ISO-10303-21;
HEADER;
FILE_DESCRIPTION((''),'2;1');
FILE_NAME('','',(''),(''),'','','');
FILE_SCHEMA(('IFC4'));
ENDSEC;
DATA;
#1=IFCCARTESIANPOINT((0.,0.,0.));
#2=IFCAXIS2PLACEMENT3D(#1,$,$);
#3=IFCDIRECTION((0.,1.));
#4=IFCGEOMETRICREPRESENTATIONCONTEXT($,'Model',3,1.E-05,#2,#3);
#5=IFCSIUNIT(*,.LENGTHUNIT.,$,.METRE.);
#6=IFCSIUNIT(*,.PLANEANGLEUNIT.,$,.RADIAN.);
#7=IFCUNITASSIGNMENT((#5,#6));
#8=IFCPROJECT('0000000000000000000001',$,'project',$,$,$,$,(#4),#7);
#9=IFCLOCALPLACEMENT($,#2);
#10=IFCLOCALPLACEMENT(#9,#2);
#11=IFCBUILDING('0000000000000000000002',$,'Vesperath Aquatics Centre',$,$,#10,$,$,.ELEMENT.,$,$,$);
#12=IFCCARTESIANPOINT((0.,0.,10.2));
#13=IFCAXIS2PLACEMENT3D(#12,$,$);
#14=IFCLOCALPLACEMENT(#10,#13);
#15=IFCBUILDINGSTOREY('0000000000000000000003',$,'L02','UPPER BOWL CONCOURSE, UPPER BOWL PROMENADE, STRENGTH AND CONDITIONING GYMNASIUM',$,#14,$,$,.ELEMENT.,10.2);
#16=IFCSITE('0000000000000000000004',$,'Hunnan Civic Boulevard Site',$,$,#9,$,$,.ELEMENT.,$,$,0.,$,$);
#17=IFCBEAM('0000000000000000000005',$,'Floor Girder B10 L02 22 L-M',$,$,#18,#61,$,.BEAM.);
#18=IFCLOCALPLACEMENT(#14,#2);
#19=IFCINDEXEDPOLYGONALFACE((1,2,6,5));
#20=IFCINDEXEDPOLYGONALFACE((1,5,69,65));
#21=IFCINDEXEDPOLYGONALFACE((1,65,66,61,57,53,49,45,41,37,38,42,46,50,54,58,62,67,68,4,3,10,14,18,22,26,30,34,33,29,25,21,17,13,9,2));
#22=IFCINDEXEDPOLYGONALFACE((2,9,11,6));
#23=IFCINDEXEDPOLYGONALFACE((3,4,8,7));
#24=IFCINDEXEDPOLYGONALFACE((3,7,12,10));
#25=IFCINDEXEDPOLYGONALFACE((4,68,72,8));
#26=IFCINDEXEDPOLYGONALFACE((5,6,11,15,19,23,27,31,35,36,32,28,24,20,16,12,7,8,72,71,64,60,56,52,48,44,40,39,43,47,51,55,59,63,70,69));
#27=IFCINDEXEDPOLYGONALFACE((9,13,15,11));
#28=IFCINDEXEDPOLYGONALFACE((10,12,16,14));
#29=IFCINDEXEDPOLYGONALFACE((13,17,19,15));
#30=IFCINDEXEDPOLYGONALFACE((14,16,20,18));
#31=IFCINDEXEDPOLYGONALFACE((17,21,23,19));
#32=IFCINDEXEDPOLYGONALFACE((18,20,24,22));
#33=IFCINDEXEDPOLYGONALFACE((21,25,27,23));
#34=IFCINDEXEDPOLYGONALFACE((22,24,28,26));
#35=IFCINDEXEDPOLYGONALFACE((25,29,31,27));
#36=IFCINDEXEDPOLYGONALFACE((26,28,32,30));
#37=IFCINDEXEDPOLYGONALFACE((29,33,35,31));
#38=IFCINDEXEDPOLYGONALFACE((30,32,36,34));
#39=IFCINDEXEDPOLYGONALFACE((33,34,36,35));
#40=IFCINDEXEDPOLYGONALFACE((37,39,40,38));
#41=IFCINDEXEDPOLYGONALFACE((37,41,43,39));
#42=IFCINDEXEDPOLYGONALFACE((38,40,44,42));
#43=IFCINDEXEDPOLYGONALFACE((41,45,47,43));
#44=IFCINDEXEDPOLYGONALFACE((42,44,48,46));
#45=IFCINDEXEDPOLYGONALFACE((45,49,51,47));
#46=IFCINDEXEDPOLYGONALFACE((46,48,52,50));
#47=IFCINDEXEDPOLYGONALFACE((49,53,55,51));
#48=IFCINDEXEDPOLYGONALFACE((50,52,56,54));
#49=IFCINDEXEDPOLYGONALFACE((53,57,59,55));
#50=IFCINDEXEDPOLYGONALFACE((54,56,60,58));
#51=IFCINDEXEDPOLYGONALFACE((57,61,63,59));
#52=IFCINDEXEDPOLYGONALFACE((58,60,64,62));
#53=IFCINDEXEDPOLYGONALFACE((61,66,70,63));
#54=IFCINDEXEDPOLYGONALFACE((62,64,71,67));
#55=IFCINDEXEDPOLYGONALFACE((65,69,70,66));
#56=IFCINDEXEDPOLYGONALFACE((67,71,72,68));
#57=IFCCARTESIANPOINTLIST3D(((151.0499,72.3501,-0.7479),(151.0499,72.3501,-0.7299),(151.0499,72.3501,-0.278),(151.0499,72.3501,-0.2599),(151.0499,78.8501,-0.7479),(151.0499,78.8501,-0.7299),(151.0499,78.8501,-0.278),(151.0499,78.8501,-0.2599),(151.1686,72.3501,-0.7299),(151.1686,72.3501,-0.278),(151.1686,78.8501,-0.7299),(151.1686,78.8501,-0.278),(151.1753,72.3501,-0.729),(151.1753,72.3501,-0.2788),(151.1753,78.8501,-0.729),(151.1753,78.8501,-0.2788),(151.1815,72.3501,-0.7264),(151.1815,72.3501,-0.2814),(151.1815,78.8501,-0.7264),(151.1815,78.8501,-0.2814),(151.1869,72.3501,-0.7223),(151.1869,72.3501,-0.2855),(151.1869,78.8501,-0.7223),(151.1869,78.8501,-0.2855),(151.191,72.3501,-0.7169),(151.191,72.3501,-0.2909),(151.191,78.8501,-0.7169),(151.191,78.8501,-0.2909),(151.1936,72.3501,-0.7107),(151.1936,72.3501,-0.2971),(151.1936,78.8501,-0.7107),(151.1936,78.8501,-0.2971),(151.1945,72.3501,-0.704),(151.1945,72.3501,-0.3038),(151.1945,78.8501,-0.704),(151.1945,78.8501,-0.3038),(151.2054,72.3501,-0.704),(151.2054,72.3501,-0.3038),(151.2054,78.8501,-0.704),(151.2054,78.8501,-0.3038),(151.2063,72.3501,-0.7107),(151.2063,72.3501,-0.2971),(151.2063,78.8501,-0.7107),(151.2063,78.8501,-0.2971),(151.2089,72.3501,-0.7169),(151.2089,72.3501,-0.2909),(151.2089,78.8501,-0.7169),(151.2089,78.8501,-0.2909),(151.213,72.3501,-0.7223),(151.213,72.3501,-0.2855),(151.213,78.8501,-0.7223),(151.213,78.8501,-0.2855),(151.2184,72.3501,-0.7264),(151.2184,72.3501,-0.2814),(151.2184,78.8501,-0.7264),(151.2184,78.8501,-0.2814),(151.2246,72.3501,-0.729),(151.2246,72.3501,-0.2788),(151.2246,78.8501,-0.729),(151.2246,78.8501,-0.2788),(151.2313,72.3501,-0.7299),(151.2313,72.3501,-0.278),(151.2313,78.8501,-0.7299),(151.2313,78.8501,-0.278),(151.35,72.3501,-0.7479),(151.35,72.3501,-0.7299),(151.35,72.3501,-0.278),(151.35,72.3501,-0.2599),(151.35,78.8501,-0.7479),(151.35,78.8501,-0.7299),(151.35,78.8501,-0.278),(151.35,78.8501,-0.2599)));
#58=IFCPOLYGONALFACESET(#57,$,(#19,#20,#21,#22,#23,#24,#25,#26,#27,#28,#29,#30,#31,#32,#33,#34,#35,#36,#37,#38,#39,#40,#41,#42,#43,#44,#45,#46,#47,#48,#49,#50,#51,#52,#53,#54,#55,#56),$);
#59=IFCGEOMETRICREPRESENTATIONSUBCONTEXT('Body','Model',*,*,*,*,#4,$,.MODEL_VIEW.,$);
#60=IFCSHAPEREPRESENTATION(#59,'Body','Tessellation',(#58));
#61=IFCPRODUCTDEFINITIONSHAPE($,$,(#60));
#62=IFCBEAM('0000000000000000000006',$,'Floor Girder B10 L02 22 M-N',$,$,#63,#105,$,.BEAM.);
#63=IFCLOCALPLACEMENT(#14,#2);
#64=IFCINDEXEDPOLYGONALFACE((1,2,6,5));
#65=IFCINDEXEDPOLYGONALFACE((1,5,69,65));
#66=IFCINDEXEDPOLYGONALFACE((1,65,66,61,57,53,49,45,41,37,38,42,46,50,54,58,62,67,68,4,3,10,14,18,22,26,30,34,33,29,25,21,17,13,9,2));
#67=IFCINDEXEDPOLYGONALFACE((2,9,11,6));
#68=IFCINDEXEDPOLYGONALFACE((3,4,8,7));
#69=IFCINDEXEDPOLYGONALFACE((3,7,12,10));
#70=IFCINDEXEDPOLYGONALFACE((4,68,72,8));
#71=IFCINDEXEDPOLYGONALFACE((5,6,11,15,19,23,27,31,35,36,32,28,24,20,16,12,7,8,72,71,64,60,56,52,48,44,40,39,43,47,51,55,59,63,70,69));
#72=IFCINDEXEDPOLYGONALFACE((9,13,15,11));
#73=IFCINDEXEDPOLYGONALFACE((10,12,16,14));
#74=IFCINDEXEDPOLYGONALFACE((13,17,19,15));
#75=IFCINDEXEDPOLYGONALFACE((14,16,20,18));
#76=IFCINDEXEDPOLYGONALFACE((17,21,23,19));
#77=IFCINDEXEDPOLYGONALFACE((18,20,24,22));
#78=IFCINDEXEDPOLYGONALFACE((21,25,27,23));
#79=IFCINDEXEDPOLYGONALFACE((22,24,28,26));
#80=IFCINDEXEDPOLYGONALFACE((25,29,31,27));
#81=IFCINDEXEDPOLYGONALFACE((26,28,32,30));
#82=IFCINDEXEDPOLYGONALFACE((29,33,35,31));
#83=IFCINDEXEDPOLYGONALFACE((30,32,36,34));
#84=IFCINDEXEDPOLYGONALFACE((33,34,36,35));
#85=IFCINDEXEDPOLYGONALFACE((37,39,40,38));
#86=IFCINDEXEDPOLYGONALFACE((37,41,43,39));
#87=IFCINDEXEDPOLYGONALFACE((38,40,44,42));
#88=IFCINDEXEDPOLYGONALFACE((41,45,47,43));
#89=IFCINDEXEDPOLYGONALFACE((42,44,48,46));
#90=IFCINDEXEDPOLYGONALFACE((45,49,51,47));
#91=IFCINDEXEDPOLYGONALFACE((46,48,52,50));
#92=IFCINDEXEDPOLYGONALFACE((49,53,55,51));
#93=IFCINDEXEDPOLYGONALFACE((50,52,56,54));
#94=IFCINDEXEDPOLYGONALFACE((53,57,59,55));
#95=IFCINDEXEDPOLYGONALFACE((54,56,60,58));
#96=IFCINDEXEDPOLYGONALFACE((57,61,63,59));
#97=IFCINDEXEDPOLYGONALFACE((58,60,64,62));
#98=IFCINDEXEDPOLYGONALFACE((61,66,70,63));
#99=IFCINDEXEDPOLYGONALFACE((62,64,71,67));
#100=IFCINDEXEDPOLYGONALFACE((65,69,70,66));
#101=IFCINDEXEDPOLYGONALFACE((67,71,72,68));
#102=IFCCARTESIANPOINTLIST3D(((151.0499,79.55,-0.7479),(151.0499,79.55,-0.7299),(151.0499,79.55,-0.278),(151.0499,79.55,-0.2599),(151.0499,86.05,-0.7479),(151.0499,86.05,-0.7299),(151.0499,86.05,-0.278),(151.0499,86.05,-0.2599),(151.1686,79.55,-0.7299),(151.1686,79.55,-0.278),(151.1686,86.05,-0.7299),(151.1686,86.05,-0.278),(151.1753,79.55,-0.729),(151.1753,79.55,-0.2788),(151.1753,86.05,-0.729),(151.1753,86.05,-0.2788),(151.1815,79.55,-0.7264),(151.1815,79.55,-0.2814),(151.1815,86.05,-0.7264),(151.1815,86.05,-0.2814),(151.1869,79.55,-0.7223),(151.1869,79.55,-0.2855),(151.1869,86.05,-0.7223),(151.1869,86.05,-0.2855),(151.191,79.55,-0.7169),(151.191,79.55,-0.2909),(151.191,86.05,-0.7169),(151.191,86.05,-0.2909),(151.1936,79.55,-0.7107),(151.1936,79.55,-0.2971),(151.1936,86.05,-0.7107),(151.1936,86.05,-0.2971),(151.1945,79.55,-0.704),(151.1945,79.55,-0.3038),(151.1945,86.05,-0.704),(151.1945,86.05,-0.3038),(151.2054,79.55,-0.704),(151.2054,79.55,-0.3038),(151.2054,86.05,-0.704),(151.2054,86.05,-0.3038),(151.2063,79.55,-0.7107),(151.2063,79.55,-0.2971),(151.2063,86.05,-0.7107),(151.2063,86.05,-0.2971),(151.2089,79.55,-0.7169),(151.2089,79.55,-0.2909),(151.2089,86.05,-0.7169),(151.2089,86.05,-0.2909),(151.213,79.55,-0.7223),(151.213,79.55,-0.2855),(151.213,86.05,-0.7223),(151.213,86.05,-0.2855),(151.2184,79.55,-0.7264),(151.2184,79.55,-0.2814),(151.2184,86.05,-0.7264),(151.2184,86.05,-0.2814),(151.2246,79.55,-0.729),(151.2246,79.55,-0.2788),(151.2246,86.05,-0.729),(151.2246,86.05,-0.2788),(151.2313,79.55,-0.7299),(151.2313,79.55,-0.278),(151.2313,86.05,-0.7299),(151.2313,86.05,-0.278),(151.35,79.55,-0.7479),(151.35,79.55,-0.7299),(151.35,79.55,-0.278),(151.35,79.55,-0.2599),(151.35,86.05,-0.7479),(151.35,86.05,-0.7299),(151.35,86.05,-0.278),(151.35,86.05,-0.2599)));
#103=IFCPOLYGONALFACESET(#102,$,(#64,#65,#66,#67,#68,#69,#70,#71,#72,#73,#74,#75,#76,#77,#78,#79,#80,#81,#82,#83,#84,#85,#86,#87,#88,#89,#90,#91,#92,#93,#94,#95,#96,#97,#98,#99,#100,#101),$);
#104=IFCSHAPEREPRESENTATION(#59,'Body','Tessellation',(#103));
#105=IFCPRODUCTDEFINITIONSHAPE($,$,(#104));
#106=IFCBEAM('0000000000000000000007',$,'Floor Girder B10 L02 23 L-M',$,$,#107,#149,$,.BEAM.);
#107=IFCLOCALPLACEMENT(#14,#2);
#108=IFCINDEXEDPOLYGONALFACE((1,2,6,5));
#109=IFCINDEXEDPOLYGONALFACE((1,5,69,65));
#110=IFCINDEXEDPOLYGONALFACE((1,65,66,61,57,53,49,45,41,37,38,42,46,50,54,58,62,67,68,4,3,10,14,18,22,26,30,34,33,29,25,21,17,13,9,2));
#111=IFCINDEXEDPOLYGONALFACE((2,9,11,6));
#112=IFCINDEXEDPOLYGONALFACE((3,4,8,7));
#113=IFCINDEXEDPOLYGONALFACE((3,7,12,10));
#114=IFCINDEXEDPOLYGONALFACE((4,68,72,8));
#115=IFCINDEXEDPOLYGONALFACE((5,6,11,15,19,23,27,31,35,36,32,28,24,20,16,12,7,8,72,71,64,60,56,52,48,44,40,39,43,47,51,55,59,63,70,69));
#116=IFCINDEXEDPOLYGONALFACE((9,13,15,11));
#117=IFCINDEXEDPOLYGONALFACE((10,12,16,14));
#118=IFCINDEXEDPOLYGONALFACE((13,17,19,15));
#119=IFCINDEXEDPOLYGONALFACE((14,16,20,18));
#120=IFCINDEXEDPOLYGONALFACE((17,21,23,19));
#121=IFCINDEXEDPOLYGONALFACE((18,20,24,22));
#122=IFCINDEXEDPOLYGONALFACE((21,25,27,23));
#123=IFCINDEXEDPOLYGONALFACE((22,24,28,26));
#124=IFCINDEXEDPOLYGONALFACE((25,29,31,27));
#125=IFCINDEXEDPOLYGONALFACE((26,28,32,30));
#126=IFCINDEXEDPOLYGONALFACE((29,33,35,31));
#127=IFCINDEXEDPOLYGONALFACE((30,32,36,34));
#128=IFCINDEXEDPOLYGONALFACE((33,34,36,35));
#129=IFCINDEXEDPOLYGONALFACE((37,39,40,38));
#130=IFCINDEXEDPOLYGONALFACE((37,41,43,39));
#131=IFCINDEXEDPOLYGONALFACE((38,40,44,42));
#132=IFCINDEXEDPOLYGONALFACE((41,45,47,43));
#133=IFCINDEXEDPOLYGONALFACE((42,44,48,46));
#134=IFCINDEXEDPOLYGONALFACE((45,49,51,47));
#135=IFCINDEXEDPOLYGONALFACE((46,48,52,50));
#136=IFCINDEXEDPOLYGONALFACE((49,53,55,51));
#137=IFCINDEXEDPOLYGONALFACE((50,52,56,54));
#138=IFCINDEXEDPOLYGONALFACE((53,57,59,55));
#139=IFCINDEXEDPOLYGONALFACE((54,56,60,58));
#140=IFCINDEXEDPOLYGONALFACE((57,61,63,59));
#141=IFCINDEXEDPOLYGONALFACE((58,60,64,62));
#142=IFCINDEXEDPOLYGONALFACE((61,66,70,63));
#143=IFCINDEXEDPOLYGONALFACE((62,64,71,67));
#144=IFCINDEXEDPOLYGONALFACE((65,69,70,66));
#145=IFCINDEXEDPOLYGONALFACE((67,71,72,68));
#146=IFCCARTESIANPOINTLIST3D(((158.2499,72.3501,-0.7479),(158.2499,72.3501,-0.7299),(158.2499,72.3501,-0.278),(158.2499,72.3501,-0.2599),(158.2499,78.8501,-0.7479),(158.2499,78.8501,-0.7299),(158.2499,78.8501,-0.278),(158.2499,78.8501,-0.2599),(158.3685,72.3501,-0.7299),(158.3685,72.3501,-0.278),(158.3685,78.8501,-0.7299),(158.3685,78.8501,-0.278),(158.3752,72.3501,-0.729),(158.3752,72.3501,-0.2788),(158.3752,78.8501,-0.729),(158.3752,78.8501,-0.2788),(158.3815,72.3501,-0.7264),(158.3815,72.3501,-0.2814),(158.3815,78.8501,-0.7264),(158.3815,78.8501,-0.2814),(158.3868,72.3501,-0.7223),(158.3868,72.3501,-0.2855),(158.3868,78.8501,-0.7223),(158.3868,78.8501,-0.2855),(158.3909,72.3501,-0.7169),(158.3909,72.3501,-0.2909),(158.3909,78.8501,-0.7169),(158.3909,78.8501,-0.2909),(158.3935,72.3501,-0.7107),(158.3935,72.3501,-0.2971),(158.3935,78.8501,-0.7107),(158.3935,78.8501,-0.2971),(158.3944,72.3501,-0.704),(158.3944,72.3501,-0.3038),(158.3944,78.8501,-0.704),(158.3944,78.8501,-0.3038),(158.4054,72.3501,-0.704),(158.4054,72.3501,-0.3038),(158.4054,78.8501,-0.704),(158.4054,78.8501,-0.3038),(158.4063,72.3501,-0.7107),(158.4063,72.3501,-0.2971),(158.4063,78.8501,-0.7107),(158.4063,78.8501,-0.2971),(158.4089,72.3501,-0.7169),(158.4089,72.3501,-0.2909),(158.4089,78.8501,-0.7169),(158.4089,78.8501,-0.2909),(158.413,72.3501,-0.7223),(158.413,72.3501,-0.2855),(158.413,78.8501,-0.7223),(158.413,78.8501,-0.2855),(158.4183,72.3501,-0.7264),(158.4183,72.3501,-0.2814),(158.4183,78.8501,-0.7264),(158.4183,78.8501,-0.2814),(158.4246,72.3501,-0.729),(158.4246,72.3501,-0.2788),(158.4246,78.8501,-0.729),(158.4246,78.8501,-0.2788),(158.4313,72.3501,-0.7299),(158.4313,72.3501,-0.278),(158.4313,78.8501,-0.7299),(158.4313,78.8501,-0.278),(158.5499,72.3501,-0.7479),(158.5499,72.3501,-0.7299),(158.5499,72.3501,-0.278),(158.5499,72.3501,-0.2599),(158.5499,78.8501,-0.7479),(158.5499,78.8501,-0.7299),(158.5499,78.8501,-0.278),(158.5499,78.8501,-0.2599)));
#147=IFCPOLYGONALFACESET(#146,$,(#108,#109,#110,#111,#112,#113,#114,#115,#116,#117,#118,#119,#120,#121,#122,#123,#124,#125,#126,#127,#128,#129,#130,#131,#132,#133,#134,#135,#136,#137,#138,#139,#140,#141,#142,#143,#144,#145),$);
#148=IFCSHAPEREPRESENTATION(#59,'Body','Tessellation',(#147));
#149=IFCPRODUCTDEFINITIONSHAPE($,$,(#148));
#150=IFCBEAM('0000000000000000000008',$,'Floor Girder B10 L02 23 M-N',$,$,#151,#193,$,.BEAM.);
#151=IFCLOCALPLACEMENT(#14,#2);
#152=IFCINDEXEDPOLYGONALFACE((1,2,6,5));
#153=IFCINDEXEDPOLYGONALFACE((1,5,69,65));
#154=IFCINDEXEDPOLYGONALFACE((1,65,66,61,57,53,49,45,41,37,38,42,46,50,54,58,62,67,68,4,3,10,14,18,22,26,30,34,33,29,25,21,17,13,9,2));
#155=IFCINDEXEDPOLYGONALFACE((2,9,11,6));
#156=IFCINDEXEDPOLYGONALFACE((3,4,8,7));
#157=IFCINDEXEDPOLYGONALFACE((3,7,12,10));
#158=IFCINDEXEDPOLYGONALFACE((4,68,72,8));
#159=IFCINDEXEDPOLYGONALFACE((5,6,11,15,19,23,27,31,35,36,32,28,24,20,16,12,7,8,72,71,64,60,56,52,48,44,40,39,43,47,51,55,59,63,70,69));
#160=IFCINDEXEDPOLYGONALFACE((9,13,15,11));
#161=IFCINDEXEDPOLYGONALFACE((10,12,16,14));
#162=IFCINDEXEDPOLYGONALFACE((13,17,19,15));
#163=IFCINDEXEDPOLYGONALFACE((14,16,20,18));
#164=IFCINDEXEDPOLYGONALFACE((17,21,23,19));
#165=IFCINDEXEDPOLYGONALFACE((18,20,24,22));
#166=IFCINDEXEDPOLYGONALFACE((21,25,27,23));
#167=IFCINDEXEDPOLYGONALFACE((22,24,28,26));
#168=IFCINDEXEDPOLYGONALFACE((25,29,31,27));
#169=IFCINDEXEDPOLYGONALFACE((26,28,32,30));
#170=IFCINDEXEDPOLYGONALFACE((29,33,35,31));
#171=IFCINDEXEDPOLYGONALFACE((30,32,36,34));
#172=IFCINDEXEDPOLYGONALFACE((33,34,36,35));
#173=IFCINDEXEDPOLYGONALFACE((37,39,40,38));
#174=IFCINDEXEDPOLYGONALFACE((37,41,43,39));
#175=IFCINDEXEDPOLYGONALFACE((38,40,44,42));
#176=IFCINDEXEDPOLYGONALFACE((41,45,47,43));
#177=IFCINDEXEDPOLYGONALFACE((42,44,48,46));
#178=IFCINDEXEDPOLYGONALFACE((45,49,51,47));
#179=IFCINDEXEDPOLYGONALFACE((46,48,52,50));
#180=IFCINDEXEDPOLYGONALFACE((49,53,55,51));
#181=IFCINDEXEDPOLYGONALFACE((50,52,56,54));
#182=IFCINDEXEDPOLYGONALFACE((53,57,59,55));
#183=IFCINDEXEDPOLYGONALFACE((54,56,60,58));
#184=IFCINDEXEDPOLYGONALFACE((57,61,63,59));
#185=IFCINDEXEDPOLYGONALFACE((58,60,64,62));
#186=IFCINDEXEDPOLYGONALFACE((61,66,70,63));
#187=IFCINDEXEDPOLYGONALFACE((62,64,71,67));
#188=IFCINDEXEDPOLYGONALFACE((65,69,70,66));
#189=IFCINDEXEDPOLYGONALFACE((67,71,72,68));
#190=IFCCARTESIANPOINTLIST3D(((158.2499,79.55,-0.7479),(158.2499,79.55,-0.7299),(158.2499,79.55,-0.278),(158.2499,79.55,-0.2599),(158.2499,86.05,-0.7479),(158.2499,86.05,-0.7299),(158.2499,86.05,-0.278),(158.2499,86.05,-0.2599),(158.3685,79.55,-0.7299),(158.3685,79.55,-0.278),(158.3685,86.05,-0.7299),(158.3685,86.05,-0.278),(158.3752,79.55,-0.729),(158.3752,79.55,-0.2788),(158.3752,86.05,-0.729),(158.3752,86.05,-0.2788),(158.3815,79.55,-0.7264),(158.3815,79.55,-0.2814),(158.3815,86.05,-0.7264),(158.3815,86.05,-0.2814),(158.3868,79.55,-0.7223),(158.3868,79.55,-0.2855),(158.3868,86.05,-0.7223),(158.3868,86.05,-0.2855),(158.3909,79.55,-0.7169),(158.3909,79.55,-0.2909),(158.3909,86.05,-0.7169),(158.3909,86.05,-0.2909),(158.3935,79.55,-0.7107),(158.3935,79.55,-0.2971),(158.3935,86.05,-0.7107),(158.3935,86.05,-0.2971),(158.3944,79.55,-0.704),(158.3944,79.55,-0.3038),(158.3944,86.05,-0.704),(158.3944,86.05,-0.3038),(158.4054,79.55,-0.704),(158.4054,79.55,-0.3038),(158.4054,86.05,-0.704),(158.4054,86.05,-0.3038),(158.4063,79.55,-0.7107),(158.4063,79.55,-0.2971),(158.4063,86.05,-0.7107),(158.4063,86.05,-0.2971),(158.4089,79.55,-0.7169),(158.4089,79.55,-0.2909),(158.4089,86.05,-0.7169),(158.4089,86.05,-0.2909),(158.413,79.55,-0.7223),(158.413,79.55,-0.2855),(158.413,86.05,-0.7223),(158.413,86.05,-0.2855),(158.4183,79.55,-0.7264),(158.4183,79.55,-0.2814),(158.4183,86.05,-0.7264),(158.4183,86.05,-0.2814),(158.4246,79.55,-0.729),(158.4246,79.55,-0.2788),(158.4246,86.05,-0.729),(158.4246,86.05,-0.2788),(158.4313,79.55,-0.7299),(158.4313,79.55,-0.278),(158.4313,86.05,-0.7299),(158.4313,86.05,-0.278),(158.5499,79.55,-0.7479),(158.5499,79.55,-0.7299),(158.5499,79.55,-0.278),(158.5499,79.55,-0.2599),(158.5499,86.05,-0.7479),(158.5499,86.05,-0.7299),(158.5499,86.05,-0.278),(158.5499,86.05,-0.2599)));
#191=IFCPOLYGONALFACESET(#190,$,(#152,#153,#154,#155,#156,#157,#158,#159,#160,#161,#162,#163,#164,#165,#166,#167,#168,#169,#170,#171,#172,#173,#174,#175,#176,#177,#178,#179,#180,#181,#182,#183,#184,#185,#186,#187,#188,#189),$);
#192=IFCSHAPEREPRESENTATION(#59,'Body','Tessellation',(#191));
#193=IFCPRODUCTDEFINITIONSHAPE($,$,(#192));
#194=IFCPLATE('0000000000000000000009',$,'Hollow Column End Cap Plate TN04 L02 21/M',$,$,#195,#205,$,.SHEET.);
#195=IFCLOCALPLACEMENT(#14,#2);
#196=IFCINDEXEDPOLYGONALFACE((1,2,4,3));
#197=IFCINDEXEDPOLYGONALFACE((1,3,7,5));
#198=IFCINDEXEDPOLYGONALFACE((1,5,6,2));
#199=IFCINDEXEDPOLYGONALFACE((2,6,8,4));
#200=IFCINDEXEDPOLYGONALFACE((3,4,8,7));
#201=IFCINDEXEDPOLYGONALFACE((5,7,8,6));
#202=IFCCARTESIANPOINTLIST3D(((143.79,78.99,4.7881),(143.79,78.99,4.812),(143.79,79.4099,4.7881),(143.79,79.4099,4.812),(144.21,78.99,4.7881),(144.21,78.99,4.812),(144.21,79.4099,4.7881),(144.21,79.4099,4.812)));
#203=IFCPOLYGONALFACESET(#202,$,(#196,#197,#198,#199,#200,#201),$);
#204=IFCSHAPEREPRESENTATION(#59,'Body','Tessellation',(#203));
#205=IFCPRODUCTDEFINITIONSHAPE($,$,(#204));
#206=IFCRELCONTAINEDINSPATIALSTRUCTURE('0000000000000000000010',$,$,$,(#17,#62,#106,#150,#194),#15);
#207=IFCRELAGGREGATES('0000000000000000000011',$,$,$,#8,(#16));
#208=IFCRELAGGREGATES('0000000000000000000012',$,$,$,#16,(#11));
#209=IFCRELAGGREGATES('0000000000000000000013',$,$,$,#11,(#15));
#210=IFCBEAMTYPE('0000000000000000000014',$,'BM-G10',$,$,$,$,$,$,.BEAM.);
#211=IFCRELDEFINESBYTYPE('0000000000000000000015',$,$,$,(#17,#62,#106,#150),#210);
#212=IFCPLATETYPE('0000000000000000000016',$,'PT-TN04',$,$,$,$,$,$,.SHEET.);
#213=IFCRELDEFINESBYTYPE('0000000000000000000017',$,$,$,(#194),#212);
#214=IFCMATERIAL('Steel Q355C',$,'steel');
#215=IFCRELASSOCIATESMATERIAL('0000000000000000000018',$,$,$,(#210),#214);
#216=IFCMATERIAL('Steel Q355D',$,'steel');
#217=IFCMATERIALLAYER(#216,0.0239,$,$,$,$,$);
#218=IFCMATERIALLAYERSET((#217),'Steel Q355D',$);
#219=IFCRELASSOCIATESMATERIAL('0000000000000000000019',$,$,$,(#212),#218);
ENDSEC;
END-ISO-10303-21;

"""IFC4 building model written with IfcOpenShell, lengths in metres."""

from ifc_helpers import new_model, si_unit, direction, frame, origin, origin_2d, place, context, subcontext, project, spatial, rectangle, i_section, extrude, material, layer, layer_set, material_profile, profile_set, type_object, element, save


model = new_model("IFC4")

# Units and contexts
model_context = context("Model", 3, precision=1e-05, world=origin(), true_north=direction((0.0, 1.0)))
body_context = subcontext(model_context, "Body", "Model", "MODEL_VIEW")
ifc_project = project(units=[si_unit("LENGTHUNIT", "METRE"), si_unit("PLANEANGLEUNIT", "RADIAN")], contexts=[model_context])

# Site, building, storey
site_placement = place(None, origin())
site = spatial("IfcSite", under=ifc_project, at=site_placement, Name="Hunnan Civic Boulevard Site", CompositionType="ELEMENT", RefElevation=0.0)
building_placement = place(site_placement, origin())
building = spatial("IfcBuilding", under=site, at=building_placement, Name="Vesperath Aquatics Centre", CompositionType="ELEMENT")
storey_placement = place(building_placement, frame((0.0, 0.0, 10.2)))
storey = spatial("IfcBuildingStorey", under=building, at=storey_placement, Name="L02", Description="UPPER BOWL CONCOURSE, UPPER BOWL PROMENADE, STRENGTH AND CONDITIONING GYMNASIUM", CompositionType="ELEMENT", Elevation=10.2)

# Shared definitions
ifc_material_1 = material(Name="Steel Q355D", Category="steel")

# Beams
ifc_material_2 = material(Name="Steel Q355C", Category="steel")
ifc_material_profile_1 = material_profile(ifc_material_2, i_section(OverallWidth=0.3, OverallDepth=0.488, WebThickness=0.011, FlangeThickness=0.0181, FilletRadius=0.0259, at=origin_2d()), Name="HM 488x300x11x18")
ifc_profile_set_1 = profile_set([ifc_material_profile_1], Name="Steel Q355C")
beam_type_1 = type_object("IfcBeamType", Name="BM-G10", PredefinedType="BEAM", material=ifc_profile_set_1)
for number, where, z_axis, x_axis, name in (
    (1, (151.2, 72.3501, -0.5039), (0.0, 1.0, 0.0), (-1.0, 0.0, 0.0), "Floor Girder B10 L02 22 L-M"),
    (2, (151.2, 79.55, -0.5039), (0.0, 1.0, 0.0), (-1.0, 0.0, 0.0), "Floor Girder B10 L02 22 M-N"),
    (3, (158.3999, 72.3501, -0.5039), (0.0, 1.0, 0.0), (-1.0, 0.0, 0.0), "Floor Girder B10 L02 23 L-M"),
    (4, (158.3999, 79.55, -0.5039), (0.0, 1.0, 0.0), (-1.0, 0.0, 0.0), "Floor Girder B10 L02 23 M-N"),
):
    element("IfcBeam", number, at=place(storey_placement, frame(where, z_axis=z_axis, x_axis=x_axis)), inside=storey, type_object=beam_type_1, Name=name, PredefinedType="BEAM", context=body_context, shape_type="SweptSolid", body=[
        extrude(i_section(OverallWidth=0.3, OverallDepth=0.488, WebThickness=0.011, FlangeThickness=0.0181, FilletRadius=0.0259, at=origin_2d()), origin(), (0.0, 0.0, 1.0), 6.5),
    ])

# Plate
ifc_layer_1 = layer(ifc_material_1, 0.0239)
ifc_layer_set_1 = layer_set([ifc_layer_1], Name="Steel Q355D")
plate_type = type_object("IfcPlateType", Name="PT-TN04", PredefinedType="SHEET", material=ifc_layer_set_1)
for number, where, z_axis, x_axis, name in (
    (5, (144.0, 79.2, 4.7881), (0.0, 0.0, 1.0), (1.0, 0.0, 0.0), "Hollow Column End Cap Plate TN04 L02 21/M"),
):
    element("IfcPlate", number, at=place(storey_placement, frame(where, z_axis=z_axis, x_axis=x_axis)), inside=storey, type_object=plate_type, Name=name, PredefinedType="SHEET", context=body_context, shape_type="SweptSolid", body=[
        extrude(rectangle(XDim=0.4199, YDim=0.4199, at=origin_2d()), origin(), (0.0, 0.0, 1.0), 0.0239),
    ])

save(model, "model.ifc")
